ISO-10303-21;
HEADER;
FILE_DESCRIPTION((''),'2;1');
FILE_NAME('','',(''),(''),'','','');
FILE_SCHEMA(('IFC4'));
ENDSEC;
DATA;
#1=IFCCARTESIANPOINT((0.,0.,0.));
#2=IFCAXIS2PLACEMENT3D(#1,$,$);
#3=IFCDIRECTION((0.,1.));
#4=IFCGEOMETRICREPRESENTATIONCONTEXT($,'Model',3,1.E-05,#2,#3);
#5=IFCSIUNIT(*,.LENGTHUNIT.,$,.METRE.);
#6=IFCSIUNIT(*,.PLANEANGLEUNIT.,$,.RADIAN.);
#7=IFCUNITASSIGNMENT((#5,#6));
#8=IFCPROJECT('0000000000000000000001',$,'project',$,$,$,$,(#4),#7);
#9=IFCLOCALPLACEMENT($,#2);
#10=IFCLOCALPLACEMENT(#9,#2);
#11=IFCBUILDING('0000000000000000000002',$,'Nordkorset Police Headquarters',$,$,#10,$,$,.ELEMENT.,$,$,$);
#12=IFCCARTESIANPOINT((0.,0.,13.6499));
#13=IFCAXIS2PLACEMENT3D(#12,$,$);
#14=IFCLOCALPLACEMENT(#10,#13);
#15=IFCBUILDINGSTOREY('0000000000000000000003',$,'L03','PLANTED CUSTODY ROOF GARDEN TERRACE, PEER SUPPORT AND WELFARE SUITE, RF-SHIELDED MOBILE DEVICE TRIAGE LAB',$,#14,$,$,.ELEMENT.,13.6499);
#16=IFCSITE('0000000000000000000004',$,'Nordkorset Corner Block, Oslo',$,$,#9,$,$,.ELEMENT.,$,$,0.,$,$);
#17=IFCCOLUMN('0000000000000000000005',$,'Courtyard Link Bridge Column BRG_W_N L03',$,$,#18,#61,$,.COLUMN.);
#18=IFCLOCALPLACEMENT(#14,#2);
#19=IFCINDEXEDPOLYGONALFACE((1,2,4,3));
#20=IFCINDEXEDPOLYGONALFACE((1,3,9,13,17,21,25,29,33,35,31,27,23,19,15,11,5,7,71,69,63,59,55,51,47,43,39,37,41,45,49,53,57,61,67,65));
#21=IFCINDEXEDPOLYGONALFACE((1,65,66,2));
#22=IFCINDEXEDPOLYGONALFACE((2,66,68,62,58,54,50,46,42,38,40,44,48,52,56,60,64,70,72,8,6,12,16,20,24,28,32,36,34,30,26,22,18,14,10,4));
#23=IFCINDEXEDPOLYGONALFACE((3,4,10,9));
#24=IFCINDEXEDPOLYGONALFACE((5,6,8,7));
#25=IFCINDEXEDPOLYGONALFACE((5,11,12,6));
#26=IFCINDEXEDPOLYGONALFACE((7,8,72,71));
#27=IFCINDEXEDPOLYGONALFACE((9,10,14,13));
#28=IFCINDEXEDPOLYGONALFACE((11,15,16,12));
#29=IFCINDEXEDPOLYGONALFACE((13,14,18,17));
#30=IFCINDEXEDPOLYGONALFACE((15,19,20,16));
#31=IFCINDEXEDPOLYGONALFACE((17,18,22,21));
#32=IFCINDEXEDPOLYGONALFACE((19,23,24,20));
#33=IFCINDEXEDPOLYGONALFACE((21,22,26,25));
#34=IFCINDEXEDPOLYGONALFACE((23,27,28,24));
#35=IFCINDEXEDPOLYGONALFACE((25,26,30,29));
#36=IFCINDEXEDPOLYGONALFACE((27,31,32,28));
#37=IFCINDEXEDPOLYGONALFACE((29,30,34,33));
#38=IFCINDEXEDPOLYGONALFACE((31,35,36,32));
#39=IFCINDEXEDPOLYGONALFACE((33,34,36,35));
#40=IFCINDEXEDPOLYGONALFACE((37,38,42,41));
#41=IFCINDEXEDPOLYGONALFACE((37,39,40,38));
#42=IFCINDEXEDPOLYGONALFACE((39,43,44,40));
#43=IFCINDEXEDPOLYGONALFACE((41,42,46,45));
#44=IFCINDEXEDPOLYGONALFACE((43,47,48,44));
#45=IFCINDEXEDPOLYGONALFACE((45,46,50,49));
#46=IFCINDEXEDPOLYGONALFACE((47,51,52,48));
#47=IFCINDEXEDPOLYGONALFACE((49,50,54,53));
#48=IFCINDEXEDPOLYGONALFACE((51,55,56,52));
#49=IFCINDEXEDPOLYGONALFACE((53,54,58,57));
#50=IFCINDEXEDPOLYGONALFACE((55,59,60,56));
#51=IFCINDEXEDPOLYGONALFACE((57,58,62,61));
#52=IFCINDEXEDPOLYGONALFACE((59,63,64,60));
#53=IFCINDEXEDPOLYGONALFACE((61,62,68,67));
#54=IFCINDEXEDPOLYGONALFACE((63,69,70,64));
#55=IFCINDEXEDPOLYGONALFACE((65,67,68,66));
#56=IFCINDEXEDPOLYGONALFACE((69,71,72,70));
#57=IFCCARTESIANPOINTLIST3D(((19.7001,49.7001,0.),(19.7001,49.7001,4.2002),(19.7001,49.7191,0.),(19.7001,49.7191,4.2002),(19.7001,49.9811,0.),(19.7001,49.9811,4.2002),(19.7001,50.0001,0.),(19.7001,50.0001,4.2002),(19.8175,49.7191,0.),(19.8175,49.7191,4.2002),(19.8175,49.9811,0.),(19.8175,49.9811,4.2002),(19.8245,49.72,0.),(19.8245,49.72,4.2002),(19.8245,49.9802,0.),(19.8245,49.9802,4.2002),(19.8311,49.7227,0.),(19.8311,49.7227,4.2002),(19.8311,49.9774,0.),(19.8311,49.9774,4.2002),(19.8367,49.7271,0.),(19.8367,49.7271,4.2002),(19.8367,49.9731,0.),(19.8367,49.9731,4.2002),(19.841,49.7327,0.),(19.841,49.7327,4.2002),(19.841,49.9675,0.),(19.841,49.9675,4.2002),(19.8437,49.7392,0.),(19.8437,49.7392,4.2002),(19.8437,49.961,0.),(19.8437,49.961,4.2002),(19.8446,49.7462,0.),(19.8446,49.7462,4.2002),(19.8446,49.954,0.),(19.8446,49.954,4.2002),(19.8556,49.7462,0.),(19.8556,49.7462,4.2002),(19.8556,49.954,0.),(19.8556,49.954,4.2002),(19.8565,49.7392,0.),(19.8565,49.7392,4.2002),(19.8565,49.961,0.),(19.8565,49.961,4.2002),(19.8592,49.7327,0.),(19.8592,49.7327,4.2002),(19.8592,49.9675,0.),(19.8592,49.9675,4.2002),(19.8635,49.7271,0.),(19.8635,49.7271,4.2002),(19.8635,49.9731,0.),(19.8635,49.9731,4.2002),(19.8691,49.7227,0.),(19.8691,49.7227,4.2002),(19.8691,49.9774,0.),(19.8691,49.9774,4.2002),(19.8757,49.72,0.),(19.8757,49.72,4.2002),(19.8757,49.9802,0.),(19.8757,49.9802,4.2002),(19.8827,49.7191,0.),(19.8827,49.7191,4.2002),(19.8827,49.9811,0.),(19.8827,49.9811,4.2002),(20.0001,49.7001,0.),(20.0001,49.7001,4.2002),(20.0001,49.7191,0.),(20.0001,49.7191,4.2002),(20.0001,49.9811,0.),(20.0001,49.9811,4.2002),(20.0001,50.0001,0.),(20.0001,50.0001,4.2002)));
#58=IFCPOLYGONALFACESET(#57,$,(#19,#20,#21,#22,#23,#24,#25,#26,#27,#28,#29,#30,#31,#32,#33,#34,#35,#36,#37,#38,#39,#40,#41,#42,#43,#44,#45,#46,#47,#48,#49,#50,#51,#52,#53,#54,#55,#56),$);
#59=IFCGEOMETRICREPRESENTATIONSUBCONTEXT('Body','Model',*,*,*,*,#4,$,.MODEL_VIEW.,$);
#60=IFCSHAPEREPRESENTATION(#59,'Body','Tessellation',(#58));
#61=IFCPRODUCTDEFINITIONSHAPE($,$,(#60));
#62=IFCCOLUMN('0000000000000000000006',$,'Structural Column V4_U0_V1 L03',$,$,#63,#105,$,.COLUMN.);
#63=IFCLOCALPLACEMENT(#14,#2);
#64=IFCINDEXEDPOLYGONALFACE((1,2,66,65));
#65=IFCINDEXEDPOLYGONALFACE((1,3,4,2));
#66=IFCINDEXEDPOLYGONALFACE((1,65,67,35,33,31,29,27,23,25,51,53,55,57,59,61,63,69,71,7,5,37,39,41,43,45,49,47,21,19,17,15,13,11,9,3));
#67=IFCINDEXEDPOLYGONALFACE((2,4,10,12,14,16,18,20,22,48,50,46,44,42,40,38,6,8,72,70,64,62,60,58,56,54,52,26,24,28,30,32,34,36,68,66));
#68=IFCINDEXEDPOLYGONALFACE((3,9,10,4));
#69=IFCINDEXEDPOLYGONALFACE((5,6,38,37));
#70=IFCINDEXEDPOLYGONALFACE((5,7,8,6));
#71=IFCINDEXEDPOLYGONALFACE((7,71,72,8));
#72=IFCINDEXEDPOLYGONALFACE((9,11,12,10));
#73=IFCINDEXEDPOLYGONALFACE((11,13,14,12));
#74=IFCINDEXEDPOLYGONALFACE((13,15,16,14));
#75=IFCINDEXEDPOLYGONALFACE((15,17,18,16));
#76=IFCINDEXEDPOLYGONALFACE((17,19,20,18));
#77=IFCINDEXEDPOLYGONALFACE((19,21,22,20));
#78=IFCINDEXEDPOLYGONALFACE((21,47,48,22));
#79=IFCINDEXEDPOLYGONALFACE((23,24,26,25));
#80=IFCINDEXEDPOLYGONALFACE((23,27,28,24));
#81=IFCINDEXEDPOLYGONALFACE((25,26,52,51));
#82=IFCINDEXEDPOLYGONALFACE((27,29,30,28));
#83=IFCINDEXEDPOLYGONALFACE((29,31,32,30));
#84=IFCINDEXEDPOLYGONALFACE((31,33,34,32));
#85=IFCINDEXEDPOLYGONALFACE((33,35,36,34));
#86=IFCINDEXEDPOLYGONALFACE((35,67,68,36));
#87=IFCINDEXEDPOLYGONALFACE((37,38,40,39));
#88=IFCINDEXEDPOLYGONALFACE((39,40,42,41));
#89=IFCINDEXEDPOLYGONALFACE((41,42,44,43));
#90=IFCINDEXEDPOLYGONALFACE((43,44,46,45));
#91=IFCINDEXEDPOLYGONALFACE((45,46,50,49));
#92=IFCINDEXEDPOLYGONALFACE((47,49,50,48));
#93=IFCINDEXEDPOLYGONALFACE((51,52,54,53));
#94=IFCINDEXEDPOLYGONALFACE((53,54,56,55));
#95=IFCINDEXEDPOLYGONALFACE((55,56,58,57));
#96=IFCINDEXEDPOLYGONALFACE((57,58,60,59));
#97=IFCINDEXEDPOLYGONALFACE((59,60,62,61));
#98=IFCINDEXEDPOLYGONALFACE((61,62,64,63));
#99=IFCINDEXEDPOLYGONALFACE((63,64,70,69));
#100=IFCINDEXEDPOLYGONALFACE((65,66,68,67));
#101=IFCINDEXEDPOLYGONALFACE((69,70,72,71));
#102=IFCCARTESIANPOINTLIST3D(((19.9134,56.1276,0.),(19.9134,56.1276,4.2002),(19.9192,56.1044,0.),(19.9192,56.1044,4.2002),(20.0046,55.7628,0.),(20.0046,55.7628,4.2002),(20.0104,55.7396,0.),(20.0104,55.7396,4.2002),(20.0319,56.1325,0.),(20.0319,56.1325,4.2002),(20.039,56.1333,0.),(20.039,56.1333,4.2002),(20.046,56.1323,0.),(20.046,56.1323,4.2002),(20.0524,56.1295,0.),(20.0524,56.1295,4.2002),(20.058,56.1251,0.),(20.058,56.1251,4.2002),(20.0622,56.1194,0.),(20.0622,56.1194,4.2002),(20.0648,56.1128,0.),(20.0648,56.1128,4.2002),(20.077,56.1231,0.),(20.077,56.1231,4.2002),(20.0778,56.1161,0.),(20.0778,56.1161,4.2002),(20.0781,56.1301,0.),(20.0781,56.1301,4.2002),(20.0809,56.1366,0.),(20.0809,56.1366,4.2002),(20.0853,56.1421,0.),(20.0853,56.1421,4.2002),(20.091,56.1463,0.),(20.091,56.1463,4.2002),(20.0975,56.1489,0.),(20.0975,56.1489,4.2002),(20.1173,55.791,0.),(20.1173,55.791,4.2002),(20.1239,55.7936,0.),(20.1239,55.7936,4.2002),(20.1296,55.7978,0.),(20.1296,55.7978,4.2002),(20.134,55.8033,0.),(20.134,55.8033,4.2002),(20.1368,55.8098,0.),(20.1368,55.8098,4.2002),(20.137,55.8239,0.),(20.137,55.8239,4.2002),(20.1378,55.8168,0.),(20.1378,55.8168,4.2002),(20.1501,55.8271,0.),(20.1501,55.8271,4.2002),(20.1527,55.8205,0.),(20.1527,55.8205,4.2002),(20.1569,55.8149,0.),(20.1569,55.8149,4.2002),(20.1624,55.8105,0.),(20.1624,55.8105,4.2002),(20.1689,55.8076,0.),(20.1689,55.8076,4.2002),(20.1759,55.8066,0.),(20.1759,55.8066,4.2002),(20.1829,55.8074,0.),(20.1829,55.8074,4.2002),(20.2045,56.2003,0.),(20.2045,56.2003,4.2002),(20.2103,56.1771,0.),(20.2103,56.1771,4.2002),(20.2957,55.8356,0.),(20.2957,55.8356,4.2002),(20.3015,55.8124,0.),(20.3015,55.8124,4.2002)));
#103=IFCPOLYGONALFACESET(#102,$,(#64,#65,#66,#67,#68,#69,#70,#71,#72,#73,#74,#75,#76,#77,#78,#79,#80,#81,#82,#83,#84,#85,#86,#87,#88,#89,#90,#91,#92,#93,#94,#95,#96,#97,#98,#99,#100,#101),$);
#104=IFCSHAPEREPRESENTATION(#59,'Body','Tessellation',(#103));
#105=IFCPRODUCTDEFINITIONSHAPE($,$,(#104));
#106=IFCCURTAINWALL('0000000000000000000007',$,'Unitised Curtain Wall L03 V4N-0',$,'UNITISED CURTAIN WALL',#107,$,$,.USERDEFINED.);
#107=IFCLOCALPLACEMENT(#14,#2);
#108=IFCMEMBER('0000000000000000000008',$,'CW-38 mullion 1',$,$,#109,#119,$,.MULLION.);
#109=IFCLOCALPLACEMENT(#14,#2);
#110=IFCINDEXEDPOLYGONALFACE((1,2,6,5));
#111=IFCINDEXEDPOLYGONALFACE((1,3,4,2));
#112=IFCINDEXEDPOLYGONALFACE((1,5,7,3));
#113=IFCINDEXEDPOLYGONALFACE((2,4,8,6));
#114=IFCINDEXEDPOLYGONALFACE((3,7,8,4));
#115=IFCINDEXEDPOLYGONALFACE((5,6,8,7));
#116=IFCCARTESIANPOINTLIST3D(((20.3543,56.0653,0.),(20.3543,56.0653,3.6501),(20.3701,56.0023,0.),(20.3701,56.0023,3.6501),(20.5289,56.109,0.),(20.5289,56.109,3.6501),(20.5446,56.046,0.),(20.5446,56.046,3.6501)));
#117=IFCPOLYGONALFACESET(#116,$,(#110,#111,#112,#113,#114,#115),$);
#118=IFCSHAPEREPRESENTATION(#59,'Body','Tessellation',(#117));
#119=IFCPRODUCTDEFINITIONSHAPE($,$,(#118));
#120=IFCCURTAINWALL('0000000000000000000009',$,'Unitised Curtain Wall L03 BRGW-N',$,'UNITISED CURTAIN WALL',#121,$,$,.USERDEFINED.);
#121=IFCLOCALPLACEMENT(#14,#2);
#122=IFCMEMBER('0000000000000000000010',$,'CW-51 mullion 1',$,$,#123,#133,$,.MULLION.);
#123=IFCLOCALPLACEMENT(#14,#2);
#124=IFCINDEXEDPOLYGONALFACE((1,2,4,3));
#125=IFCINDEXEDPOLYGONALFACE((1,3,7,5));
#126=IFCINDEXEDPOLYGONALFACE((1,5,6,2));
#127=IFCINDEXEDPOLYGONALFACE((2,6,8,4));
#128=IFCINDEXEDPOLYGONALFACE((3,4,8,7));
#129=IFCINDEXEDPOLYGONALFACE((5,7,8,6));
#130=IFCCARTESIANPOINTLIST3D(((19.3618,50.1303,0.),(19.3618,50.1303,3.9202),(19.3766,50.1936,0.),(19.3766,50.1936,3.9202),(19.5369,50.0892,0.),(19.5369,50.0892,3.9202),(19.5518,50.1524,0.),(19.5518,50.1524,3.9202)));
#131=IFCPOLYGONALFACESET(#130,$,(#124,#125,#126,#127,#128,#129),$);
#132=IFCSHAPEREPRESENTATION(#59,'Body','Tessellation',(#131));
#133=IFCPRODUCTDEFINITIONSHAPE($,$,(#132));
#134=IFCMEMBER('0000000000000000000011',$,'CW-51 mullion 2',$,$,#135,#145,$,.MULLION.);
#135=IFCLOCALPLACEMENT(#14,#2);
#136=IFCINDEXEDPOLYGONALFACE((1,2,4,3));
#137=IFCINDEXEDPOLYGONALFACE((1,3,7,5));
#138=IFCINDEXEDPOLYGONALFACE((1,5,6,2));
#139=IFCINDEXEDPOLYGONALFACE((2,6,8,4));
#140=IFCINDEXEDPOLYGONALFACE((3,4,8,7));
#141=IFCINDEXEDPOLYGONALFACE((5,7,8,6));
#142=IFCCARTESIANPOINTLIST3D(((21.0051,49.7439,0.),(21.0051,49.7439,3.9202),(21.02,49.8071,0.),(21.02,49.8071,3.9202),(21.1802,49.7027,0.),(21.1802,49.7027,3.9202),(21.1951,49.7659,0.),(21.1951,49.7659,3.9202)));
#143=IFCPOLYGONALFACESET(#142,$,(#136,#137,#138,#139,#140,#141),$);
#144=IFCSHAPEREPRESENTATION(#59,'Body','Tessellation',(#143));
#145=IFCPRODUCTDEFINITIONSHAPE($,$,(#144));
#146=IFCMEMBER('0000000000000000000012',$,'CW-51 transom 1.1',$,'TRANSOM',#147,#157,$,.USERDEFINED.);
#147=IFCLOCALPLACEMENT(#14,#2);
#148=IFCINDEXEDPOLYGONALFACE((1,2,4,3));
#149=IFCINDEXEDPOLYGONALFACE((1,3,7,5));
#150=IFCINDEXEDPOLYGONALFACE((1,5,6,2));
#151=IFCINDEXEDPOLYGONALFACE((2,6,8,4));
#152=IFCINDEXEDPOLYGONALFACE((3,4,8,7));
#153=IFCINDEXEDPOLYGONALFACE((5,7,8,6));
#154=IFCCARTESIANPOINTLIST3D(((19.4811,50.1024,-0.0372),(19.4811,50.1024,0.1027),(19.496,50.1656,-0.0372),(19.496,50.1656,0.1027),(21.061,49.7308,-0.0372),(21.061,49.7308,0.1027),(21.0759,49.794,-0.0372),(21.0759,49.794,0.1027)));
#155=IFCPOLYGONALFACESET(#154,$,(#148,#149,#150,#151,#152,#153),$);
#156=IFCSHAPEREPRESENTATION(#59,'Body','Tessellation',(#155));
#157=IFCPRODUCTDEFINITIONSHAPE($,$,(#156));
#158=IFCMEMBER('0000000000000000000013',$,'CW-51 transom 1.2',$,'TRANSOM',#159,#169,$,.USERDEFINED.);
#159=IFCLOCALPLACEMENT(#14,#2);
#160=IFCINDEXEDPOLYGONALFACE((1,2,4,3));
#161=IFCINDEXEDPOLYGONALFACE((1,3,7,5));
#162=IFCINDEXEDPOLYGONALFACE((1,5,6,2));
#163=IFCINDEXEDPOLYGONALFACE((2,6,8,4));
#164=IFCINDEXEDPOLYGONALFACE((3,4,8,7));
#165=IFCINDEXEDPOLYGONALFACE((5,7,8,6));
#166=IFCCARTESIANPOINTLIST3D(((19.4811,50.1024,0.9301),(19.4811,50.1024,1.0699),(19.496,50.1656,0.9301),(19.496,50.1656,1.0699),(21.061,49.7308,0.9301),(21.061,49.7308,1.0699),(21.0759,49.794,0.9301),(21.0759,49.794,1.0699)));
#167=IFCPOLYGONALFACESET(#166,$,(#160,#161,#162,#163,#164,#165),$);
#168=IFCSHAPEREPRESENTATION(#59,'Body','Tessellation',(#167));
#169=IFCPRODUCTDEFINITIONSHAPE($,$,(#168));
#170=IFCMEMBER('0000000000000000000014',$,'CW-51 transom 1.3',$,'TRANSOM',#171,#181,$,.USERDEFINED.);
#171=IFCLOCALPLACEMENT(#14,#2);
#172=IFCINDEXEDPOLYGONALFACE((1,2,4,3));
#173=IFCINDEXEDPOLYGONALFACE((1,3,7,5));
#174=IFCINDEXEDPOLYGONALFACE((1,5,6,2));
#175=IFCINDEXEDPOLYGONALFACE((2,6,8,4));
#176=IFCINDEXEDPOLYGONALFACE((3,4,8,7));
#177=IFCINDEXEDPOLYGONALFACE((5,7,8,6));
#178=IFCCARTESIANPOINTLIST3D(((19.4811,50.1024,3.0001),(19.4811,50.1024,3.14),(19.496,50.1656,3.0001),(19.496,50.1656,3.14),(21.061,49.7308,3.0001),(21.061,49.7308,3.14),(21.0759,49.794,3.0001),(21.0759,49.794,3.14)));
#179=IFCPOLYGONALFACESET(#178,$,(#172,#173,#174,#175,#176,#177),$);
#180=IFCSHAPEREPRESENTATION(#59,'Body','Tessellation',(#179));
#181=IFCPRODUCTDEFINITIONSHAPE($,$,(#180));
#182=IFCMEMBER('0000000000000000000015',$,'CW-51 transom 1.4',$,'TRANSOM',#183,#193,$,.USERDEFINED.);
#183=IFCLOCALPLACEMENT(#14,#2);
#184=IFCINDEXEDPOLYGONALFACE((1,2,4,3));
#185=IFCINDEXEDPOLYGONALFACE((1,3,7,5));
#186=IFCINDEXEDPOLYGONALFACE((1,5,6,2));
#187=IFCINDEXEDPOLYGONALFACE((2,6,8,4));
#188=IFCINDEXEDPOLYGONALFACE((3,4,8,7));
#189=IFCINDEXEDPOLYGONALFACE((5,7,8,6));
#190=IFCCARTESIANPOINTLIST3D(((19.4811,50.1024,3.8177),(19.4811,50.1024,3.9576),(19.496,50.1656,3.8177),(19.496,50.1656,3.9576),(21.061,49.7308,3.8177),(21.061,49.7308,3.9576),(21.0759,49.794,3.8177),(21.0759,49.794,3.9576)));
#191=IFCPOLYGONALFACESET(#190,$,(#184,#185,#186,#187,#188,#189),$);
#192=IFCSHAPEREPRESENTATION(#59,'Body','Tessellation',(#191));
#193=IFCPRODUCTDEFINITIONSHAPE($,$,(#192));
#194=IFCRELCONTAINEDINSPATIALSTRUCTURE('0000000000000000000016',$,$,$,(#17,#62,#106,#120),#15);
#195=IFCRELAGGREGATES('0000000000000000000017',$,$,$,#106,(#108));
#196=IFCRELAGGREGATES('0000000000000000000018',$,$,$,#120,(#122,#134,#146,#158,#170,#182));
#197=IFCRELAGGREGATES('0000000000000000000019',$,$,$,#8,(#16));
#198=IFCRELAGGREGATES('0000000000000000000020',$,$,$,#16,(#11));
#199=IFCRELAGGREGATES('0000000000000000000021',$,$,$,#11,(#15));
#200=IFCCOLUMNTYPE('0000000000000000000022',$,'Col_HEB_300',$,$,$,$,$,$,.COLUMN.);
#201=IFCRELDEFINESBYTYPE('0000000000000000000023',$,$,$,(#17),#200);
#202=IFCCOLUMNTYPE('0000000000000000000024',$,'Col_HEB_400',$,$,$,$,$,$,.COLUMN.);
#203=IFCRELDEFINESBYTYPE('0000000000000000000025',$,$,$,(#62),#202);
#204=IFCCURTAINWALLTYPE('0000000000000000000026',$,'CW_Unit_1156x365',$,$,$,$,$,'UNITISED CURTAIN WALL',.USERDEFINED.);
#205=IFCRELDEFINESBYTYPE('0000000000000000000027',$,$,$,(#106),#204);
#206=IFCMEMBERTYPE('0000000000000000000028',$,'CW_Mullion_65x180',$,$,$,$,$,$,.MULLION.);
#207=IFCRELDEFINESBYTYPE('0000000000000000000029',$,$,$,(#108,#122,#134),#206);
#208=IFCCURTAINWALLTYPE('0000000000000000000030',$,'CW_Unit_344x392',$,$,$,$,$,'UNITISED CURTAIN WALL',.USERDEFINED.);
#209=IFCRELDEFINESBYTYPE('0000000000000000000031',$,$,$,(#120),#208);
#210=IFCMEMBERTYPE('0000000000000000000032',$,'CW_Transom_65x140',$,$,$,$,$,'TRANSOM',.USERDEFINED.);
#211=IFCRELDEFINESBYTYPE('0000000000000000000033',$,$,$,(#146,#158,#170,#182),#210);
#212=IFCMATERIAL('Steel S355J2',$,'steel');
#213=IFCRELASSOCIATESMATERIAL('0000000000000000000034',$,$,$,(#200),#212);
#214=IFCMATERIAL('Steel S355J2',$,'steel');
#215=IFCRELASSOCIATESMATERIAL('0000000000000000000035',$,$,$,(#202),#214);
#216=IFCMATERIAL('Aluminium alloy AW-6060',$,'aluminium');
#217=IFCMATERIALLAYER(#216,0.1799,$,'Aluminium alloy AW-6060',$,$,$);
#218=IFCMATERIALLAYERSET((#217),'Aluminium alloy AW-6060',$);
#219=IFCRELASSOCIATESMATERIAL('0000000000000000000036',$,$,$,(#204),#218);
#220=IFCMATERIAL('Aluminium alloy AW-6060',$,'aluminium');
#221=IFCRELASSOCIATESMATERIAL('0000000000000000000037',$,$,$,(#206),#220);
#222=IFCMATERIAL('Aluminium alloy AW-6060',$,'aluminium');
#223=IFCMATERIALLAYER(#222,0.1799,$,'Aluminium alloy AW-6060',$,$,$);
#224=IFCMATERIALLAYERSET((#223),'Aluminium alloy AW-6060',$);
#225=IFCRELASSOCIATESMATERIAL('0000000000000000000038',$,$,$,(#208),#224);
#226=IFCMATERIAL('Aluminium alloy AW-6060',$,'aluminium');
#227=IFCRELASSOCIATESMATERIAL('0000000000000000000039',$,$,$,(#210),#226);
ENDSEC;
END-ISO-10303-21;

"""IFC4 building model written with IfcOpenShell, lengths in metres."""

from ifc_helpers import new_model, si_unit, direction, frame, origin, origin_2d, place, context, subcontext, project, spatial, rectangle, i_section, extrude, material, layer, layer_set, material_profile, profile_set, type_object, element, aggregate, save


model = new_model("IFC4")

# Units and contexts
model_context = context("Model", 3, precision=1e-05, world=origin(), true_north=direction((0.0, 1.0)))
body_context = subcontext(model_context, "Body", "Model", "MODEL_VIEW")
ifc_project = project(units=[si_unit("LENGTHUNIT", "METRE"), si_unit("PLANEANGLEUNIT", "RADIAN")], contexts=[model_context])

# Site, building, storey
site_placement = place(None, origin())
site = spatial("IfcSite", under=ifc_project, at=site_placement, Name="Nordkorset Corner Block, Oslo", CompositionType="ELEMENT", RefElevation=0.0)
building_placement = place(site_placement, origin())
building = spatial("IfcBuilding", under=site, at=building_placement, Name="Nordkorset Police Headquarters", CompositionType="ELEMENT")
storey_placement = place(building_placement, frame((0.0, 0.0, 13.6499)))
storey = spatial("IfcBuildingStorey", under=building, at=storey_placement, Name="L03", Description="PLANTED CUSTODY ROOF GARDEN TERRACE, PEER SUPPORT AND WELFARE SUITE, RF-SHIELDED MOBILE DEVICE TRIAGE LAB", CompositionType="ELEMENT", Elevation=13.6499)

# Columns
ifc_material_1 = material(Name="Steel S355J2", Category="steel")
ifc_material_profile_1 = material_profile(ifc_material_1, i_section(OverallWidth=0.3, OverallDepth=0.3, WebThickness=0.011, FlangeThickness=0.019, FilletRadius=0.0271, at=origin_2d()), Name="HEB 300")
ifc_profile_set_1 = profile_set([ifc_material_profile_1], Name="Steel S355J2")
column_type_1 = type_object("IfcColumnType", Name="Col_HEB_300", PredefinedType="COLUMN", material=ifc_profile_set_1)
column_1_placement = place(storey_placement, frame((19.8501, 49.8501, 0.0), z_axis=(0.0, 0.0, 1.0), x_axis=(1.0, 0.0, 0.0)))
element("IfcColumn", 1, at=column_1_placement, inside=storey, type_object=column_type_1, Name="Courtyard Link Bridge Column BRG_W_N L03", PredefinedType="COLUMN", context=body_context, shape_type="SweptSolid", body=[
    extrude(i_section(OverallWidth=0.3, OverallDepth=0.3, WebThickness=0.011, FlangeThickness=0.019, FilletRadius=0.0271, at=origin_2d()), origin(), (0.0, 0.0, 1.0), 4.2002),
])
ifc_material_2 = material(Name="Steel S355J2", Category="steel")
ifc_material_profile_2 = material_profile(ifc_material_2, i_section(OverallWidth=0.3, OverallDepth=0.3999, WebThickness=0.0134, FlangeThickness=0.0239, FilletRadius=0.0271, at=origin_2d()), Name="HEB 400")
ifc_profile_set_2 = profile_set([ifc_material_profile_2], Name="Steel S355J2")
column_type_2 = type_object("IfcColumnType", Name="Col_HEB_400", PredefinedType="COLUMN", material=ifc_profile_set_2)
column_2_placement = place(storey_placement, frame((20.1074, 55.97, 0.0), z_axis=(0.0, 0.0, 1.0), x_axis=(0.970143, 0.242536, 0.0)))
element("IfcColumn", 2, at=column_2_placement, inside=storey, type_object=column_type_2, Name="Structural Column V4_U0_V1 L03", PredefinedType="COLUMN", context=body_context, shape_type="SweptSolid", body=[
    extrude(i_section(OverallWidth=0.3, OverallDepth=0.3999, WebThickness=0.0134, FlangeThickness=0.0239, FilletRadius=0.0271, at=origin_2d()), origin(), (0.0, 0.0, 1.0), 4.2002),
])

# Curtain wall, member
ifc_material_3 = material(Name="Aluminium alloy AW-6060", Category="aluminium")
ifc_layer_1 = layer(ifc_material_3, 0.1799, Name="Aluminium alloy AW-6060")
ifc_layer_set_1 = layer_set([ifc_layer_1], Name="Aluminium alloy AW-6060")
curtain_wall_type_1 = type_object("IfcCurtainWallType", Name="CW_Unit_1156x365", ElementType="UNITISED CURTAIN WALL", PredefinedType="USERDEFINED", material=ifc_layer_set_1)
curtain_wall_1_placement = place(storey_placement, origin())
curtain_wall_1 = element("IfcCurtainWall", 3, at=curtain_wall_1_placement, inside=storey, type_object=curtain_wall_type_1, Name="Unitised Curtain Wall L03 V4N-0", ObjectType="UNITISED CURTAIN WALL", PredefinedType="USERDEFINED")
ifc_material_4 = material(Name="Aluminium alloy AW-6060", Category="aluminium")
ifc_material_profile_3 = material_profile(ifc_material_4, rectangle(XDim=0.0649, YDim=0.1799, at=origin_2d()), Name="ALU MULL 65x180")
ifc_profile_set_3 = profile_set([ifc_material_profile_3], Name="Aluminium alloy AW-6060")
member_type_1 = type_object("IfcMemberType", Name="CW_Mullion_65x180", PredefinedType="MULLION", material=ifc_profile_set_3)
member_1_placement = place(storey_placement, frame((20.4495, 56.0557, 0.0), z_axis=(0.0, 0.0, 1.0), x_axis=(-0.242536, 0.970142, 0.0)))
member_1 = element("IfcMember", 4, at=member_1_placement, type_object=member_type_1, Name="CW-38 mullion 1", PredefinedType="MULLION", context=body_context, shape_type="SweptSolid", body=[
    extrude(rectangle(XDim=0.0649, YDim=0.1799, at=origin_2d()), origin(), (0.0, 0.0, 1.0), 3.6501),
])
aggregate(curtain_wall_1, [member_1])

# Curtain wall, members
ifc_material_5 = material(Name="Aluminium alloy AW-6060", Category="aluminium")
ifc_layer_2 = layer(ifc_material_5, 0.1799, Name="Aluminium alloy AW-6060")
ifc_layer_set_2 = layer_set([ifc_layer_2], Name="Aluminium alloy AW-6060")
curtain_wall_type_2 = type_object("IfcCurtainWallType", Name="CW_Unit_344x392", ElementType="UNITISED CURTAIN WALL", PredefinedType="USERDEFINED", material=ifc_layer_set_2)
curtain_wall_2_placement = place(storey_placement, origin())
curtain_wall_2 = element("IfcCurtainWall", 5, at=curtain_wall_2_placement, inside=storey, type_object=curtain_wall_type_2, Name="Unitised Curtain Wall L03 BRGW-N", ObjectType="UNITISED CURTAIN WALL", PredefinedType="USERDEFINED")
member_2_placement = place(storey_placement, frame((19.4568, 50.1414, 0.0), z_axis=(0.0, 0.0, 1.0), x_axis=(0.228893, 0.973452, 0.0)))
member_2 = element("IfcMember", 6, at=member_2_placement, type_object=member_type_1, Name="CW-51 mullion 1", PredefinedType="MULLION", context=body_context, shape_type="SweptSolid", body=[
    extrude(rectangle(XDim=0.0649, YDim=0.1799, at=origin_2d()), origin(), (0.0, 0.0, 1.0), 3.9202),
])
member_3_placement = place(storey_placement, frame((21.1001, 49.7549, 0.0), z_axis=(0.0, 0.0, 1.0), x_axis=(0.228893, 0.973452, 0.0)))
member_3 = element("IfcMember", 7, at=member_3_placement, type_object=member_type_1, Name="CW-51 mullion 2", PredefinedType="MULLION", context=body_context, shape_type="SweptSolid", body=[
    extrude(rectangle(XDim=0.0649, YDim=0.1799, at=origin_2d()), origin(), (0.0, 0.0, 1.0), 3.9202),
])
ifc_material_6 = material(Name="Aluminium alloy AW-6060", Category="aluminium")
ifc_material_profile_4 = material_profile(ifc_material_6, rectangle(XDim=0.0649, YDim=0.1399, at=origin_2d()), Name="ALU TRAN 65x140")
ifc_profile_set_4 = profile_set([ifc_material_profile_4], Name="Aluminium alloy AW-6060")
member_type_2 = type_object("IfcMemberType", Name="CW_Transom_65x140", ElementType="TRANSOM", PredefinedType="USERDEFINED", material=ifc_profile_set_4)
member_4_placement = place(storey_placement, frame((19.4885, 50.134, 0.0327), z_axis=(0.973437, -0.228955, 0.0), x_axis=(0.228955, 0.973437, 0.0)))
member_4 = element("IfcMember", 8, at=member_4_placement, type_object=member_type_2, Name="CW-51 transom 1.1", ObjectType="TRANSOM", PredefinedType="USERDEFINED", context=body_context, shape_type="SweptSolid", body=[
    extrude(rectangle(XDim=0.0649, YDim=0.1399, at=origin_2d()), origin(), (0.0, 0.0, 1.0), 1.623),
])
member_5_placement = place(storey_placement, frame((19.4885, 50.134, 1.0), z_axis=(0.973437, -0.228955, 0.0), x_axis=(0.228955, 0.973437, 0.0)))
member_5 = element("IfcMember", 9, at=member_5_placement, type_object=member_type_2, Name="CW-51 transom 1.2", ObjectType="TRANSOM", PredefinedType="USERDEFINED", context=body_context, shape_type="SweptSolid", body=[
    extrude(rectangle(XDim=0.0649, YDim=0.1399, at=origin_2d()), origin(), (0.0, 0.0, 1.0), 1.623),
])
member_6_placement = place(storey_placement, frame((19.4885, 50.134, 3.0701), z_axis=(0.973437, -0.228955, 0.0), x_axis=(0.228955, 0.973437, 0.0)))
member_6 = element("IfcMember", 10, at=member_6_placement, type_object=member_type_2, Name="CW-51 transom 1.3", ObjectType="TRANSOM", PredefinedType="USERDEFINED", context=body_context, shape_type="SweptSolid", body=[
    extrude(rectangle(XDim=0.0649, YDim=0.1399, at=origin_2d()), origin(), (0.0, 0.0, 1.0), 1.623),
])
member_7_placement = place(storey_placement, frame((19.4885, 50.134, 3.8877), z_axis=(0.973437, -0.228955, 0.0), x_axis=(0.228955, 0.973437, 0.0)))
member_7 = element("IfcMember", 11, at=member_7_placement, type_object=member_type_2, Name="CW-51 transom 1.4", ObjectType="TRANSOM", PredefinedType="USERDEFINED", context=body_context, shape_type="SweptSolid", body=[
    extrude(rectangle(XDim=0.0649, YDim=0.1399, at=origin_2d()), origin(), (0.0, 0.0, 1.0), 1.623),
])

aggregate(curtain_wall_2, [member_2, member_3, member_4, member_5, member_6, member_7])

save(model, "model.ifc")
